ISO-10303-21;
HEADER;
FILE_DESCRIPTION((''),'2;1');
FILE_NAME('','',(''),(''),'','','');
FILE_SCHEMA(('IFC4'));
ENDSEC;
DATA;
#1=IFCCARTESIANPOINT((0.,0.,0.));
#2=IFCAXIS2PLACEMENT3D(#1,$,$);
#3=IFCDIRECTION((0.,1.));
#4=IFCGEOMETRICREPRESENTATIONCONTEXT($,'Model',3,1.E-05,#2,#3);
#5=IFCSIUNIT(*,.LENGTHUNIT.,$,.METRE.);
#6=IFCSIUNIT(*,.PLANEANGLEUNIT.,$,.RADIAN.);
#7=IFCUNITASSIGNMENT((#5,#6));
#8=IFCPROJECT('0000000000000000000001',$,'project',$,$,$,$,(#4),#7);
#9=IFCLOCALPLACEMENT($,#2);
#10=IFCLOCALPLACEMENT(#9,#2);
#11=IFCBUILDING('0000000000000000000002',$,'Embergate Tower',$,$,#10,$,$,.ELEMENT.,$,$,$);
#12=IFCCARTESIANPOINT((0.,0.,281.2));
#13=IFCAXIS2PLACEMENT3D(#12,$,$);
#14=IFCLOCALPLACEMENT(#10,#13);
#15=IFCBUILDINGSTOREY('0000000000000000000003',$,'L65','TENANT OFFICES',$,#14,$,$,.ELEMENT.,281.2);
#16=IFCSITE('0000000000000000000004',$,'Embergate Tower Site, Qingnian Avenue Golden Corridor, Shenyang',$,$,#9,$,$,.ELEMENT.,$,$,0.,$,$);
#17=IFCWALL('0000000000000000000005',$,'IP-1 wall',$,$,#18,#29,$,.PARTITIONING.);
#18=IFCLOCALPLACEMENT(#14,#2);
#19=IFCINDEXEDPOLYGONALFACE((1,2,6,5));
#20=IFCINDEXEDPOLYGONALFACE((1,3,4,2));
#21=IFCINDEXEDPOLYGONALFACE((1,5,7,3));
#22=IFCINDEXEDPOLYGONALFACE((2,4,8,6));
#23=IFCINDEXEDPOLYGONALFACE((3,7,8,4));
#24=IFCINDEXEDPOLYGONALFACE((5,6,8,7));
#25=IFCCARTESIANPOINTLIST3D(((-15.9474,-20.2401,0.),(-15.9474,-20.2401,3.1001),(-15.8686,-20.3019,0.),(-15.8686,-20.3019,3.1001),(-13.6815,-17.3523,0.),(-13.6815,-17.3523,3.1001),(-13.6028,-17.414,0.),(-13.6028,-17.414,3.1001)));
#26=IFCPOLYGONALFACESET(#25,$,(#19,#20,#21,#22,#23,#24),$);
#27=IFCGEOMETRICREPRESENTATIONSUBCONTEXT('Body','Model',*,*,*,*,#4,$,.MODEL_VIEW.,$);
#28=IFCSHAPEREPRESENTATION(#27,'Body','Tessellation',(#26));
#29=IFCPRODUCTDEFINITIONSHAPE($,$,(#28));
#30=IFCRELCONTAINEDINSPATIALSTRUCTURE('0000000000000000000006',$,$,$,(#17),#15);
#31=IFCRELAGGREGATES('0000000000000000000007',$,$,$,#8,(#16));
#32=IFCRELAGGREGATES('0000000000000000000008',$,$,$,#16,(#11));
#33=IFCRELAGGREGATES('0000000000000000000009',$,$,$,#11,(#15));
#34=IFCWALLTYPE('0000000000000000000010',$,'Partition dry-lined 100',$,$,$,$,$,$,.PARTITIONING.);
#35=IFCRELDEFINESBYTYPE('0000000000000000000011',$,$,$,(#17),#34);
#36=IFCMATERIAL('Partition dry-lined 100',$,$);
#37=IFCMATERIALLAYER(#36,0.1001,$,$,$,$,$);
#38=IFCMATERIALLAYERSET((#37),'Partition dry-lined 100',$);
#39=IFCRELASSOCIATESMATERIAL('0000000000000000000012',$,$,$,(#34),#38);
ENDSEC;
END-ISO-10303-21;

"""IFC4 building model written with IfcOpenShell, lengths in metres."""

from ifc_helpers import new_model, si_unit, direction, frame, frame_2d, origin, place, context, subcontext, project, spatial, rectangle, extrude, source, transform, mapped, material, layer, layer_set, type_object, element, save


model = new_model("IFC4")

# Units and contexts
model_context = context("Model", 3, precision=1e-05, world=origin(), true_north=direction((0.0, 1.0)))
body_context = subcontext(model_context, "Body", "Model", "MODEL_VIEW")
ifc_project = project(units=[si_unit("LENGTHUNIT", "METRE"), si_unit("PLANEANGLEUNIT", "RADIAN")], contexts=[model_context])

# Site, building, storey
site_placement = place(None, origin())
site = spatial("IfcSite", under=ifc_project, at=site_placement, Name="Embergate Tower Site, Qingnian Avenue Golden Corridor, Shenyang", CompositionType="ELEMENT", RefElevation=0.0)
building_placement = place(site_placement, origin())
building = spatial("IfcBuilding", under=site, at=building_placement, Name="Embergate Tower", CompositionType="ELEMENT")
storey_placement = place(building_placement, frame((0.0, 0.0, 281.2)))
storey = spatial("IfcBuildingStorey", under=building, at=storey_placement, Name="L65", Description="TENANT OFFICES", CompositionType="ELEMENT", Elevation=281.2)

# Wall
ifc_material_1 = material(Name="Partition dry-lined 100")
ifc_layer_1 = layer(ifc_material_1, 0.1001)
ifc_layer_set_1 = layer_set([ifc_layer_1], Name="Partition dry-lined 100")
wall_type = type_object("IfcWallType", Name="Partition dry-lined 100", PredefinedType="PARTITIONING", material=ifc_layer_set_1)
shared_shape_1 = source(origin(), body_context, "Body", "SweptSolid", [
    extrude(rectangle(XDim=3.6707, YDim=0.1001, at=frame_2d((1.8354, 0.0))), origin(), (0.0, 0.0, 1.0), 3.1001),
])
wall_1_placement = place(storey_placement, frame((-13.6421, -17.3831, 0.0), z_axis=(0.0, 0.0, 1.0), x_axis=(-0.617278, -0.786745, 0.0)))
element("IfcWall", 1, at=wall_1_placement, inside=storey, type_object=wall_type, Name="IP-1 wall", PredefinedType="PARTITIONING", context=body_context, shape_type="MappedRepresentation", body=[
    mapped(shared_shape_1, transform((0.0, 0.0, 0.0))),
])

save(model, "model.ifc")
